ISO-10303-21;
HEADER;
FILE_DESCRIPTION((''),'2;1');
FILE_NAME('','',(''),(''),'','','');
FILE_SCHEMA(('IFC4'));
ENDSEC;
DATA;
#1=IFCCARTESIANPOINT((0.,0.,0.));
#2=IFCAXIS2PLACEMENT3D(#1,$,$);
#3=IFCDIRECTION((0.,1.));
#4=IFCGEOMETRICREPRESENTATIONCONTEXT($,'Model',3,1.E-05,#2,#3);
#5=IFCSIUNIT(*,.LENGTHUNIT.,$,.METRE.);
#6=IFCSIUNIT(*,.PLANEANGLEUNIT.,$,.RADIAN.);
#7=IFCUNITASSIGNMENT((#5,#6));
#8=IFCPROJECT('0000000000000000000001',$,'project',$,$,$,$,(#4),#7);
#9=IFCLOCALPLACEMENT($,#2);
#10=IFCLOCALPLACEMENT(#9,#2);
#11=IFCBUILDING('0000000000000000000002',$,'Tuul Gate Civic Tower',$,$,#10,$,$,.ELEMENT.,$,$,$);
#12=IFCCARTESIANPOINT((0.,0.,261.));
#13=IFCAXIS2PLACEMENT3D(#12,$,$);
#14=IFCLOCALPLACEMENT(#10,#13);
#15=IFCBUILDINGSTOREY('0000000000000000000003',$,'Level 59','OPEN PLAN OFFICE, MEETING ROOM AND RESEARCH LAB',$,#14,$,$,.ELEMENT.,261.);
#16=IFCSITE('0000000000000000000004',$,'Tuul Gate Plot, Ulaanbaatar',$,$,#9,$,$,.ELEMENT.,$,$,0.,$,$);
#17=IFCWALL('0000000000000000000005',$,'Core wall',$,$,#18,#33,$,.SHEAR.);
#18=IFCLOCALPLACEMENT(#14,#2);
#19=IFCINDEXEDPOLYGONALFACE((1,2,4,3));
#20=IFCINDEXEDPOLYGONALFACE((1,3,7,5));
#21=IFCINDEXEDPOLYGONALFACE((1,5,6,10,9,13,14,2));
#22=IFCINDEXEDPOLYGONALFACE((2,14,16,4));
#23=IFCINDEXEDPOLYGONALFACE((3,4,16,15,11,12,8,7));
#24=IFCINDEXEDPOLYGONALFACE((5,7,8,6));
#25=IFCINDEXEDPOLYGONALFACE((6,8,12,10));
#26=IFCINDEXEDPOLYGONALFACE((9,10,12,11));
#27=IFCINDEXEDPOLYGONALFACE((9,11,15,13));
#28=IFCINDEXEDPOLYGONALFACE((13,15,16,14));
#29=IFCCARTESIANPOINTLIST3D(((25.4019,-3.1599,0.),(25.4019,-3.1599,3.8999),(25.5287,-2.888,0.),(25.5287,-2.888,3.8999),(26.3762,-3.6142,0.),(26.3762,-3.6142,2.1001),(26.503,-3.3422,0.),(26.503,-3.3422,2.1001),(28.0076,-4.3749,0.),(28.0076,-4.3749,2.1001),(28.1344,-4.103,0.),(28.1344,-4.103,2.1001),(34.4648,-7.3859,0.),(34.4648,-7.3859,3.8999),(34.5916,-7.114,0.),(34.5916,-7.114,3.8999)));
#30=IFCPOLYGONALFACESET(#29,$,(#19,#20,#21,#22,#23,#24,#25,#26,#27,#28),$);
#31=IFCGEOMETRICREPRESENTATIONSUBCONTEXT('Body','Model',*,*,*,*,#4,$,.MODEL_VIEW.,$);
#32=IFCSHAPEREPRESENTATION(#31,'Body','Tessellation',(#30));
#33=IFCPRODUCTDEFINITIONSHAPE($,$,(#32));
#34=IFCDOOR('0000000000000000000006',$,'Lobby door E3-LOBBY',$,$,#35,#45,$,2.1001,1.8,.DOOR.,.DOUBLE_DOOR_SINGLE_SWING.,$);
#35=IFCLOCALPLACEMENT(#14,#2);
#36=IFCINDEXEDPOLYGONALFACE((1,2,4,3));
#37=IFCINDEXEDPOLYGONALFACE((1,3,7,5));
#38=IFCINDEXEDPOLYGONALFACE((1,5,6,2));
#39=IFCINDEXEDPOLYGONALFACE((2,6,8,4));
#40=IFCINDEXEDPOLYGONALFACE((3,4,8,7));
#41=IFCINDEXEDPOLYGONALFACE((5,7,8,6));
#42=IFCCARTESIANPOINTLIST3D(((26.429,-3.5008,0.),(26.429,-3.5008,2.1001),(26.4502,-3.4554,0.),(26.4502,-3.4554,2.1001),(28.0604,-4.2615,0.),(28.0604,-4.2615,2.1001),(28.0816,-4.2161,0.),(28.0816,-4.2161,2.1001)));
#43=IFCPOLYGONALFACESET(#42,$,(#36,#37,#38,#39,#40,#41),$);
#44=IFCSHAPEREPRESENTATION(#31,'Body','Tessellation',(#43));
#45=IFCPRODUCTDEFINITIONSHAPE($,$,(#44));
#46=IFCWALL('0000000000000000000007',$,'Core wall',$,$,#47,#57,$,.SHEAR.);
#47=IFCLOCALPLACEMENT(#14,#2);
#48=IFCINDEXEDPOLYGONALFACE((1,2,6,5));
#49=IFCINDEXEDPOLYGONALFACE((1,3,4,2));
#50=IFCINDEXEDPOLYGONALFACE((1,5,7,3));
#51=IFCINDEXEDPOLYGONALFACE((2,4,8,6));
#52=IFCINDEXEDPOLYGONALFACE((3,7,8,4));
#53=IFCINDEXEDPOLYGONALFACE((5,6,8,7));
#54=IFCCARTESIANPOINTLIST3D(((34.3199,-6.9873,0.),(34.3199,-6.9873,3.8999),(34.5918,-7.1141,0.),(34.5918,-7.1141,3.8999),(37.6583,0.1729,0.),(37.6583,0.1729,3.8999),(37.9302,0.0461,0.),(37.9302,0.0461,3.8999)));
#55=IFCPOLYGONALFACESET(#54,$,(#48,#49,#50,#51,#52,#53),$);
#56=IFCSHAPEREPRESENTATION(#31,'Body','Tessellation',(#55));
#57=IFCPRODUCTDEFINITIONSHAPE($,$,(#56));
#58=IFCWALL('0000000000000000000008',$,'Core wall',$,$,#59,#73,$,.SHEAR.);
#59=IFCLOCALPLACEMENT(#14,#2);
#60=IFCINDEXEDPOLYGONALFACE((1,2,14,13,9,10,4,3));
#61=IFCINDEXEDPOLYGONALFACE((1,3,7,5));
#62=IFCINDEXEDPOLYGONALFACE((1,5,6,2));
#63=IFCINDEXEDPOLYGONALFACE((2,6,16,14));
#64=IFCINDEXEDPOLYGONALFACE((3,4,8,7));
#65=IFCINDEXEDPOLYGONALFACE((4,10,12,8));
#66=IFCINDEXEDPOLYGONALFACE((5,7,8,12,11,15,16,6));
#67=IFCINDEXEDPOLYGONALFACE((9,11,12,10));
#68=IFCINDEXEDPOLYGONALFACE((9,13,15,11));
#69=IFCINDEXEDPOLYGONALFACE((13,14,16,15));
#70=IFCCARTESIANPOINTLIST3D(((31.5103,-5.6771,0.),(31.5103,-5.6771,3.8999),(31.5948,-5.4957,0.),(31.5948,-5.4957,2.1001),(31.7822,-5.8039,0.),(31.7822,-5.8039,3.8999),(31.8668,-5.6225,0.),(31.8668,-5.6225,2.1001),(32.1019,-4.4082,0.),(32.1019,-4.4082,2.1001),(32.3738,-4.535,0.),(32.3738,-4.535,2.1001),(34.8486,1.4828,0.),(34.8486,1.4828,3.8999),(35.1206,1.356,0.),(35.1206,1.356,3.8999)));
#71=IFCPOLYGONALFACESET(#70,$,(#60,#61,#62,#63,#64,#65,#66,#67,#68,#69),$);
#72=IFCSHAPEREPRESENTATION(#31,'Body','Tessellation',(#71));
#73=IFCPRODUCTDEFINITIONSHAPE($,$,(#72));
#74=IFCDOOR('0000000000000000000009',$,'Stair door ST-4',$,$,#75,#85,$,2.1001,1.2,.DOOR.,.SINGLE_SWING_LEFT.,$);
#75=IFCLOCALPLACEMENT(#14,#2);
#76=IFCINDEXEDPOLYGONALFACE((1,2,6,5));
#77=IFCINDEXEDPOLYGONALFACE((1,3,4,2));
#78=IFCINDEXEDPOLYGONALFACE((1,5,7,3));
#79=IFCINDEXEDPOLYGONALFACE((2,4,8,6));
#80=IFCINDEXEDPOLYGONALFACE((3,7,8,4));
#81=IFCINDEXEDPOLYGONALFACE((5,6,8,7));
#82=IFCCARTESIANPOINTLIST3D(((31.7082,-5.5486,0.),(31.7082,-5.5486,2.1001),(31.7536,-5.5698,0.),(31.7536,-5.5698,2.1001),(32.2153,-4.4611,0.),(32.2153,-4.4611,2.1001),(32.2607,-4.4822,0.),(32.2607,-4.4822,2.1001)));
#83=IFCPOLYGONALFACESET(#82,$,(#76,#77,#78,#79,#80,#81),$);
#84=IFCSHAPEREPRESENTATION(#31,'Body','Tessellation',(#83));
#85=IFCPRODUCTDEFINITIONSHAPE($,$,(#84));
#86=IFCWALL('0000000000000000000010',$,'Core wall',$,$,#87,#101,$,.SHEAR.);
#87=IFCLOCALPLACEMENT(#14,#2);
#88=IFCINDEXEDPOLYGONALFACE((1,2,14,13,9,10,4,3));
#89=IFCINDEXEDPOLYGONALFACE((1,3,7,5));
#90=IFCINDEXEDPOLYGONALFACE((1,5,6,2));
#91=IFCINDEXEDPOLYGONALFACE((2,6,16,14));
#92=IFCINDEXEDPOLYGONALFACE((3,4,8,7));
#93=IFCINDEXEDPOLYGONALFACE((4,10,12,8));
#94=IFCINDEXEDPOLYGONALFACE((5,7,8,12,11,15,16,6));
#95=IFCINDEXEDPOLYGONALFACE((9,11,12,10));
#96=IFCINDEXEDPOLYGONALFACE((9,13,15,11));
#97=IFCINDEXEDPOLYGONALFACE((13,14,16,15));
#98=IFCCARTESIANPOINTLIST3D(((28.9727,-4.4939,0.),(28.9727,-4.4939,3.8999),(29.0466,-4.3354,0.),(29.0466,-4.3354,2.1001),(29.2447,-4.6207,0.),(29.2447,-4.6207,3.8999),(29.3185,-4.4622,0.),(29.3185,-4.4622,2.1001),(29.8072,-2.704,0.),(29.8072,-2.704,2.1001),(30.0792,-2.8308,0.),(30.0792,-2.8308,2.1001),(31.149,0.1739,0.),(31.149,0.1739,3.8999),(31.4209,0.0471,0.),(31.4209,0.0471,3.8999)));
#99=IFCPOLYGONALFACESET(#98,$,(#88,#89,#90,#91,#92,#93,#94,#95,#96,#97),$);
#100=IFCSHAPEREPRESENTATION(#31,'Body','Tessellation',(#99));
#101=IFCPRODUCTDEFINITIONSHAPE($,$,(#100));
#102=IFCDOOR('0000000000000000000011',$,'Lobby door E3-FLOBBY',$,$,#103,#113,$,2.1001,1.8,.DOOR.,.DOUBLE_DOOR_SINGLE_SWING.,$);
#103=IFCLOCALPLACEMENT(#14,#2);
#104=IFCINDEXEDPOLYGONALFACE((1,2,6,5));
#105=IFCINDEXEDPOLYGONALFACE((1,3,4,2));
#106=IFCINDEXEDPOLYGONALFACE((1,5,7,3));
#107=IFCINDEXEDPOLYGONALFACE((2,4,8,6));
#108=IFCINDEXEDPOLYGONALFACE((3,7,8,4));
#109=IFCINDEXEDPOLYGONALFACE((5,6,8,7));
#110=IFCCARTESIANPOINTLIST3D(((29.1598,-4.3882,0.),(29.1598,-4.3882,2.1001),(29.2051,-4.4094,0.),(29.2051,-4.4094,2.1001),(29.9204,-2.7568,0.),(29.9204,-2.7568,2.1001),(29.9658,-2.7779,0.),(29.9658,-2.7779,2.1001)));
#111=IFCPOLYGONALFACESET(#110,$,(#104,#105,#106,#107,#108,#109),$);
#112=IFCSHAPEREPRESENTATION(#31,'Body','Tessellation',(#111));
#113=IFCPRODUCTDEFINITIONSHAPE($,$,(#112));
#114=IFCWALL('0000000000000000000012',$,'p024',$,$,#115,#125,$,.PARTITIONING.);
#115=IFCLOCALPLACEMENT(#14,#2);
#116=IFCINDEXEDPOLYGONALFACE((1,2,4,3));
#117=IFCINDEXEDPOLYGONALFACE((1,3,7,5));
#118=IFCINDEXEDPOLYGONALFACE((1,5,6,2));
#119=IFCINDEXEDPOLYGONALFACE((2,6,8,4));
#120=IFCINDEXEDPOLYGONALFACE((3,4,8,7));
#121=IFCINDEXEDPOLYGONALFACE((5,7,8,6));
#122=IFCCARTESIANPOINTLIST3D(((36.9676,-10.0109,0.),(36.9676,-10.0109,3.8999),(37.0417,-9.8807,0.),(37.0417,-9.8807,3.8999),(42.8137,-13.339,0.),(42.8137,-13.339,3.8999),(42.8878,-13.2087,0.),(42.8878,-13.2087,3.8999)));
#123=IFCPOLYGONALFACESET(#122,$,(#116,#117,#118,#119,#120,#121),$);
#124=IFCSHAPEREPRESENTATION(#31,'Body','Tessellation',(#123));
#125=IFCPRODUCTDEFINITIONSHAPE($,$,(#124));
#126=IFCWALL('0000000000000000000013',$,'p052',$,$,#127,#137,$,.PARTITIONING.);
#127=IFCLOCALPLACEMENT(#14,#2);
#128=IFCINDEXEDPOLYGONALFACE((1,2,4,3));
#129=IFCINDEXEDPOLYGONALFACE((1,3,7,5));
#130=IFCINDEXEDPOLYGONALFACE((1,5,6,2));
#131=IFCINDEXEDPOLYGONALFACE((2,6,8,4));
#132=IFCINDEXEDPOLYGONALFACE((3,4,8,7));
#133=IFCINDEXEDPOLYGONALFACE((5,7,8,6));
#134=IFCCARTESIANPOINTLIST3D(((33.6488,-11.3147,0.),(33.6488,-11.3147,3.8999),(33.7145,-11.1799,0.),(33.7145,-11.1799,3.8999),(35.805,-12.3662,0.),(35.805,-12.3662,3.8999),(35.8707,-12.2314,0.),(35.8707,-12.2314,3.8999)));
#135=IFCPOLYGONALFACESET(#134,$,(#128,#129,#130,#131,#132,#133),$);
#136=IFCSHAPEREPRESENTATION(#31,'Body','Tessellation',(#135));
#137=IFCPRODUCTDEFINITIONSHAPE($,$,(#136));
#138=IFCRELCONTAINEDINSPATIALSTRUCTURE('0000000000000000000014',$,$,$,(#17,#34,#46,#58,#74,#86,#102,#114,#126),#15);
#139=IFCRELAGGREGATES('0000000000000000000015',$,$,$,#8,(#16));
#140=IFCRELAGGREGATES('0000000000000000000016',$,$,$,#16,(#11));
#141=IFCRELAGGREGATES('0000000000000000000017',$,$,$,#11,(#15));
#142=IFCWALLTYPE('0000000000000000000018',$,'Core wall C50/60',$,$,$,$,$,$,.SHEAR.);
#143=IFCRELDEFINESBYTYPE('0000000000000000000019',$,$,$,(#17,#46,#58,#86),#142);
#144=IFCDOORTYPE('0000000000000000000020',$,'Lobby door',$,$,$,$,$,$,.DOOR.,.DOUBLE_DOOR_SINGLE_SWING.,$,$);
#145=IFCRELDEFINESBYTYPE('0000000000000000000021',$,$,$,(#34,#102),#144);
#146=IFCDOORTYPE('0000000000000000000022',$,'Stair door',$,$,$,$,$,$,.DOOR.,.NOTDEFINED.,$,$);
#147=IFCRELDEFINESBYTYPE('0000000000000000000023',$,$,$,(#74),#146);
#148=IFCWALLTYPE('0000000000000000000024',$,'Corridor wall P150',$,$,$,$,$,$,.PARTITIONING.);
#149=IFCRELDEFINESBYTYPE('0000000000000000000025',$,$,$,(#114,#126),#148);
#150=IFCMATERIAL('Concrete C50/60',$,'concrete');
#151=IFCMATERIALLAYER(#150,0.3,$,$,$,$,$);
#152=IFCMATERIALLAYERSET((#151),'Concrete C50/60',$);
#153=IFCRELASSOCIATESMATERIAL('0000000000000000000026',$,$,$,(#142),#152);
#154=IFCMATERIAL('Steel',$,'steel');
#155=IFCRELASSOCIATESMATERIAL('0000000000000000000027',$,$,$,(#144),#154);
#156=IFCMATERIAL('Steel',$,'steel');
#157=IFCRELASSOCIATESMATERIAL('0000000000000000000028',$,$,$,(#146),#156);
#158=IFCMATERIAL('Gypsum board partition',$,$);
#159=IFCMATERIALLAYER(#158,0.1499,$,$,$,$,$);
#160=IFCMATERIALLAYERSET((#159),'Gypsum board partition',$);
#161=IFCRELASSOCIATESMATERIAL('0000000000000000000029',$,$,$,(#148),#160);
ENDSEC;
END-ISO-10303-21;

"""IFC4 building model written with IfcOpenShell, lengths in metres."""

from ifc_helpers import new_model, si_unit, direction, frame, frame_2d, origin, place, context, subcontext, project, spatial, rectangle, extrude, material, layer, layer_set, type_object, element, fill, save


model = new_model("IFC4")

# Units and contexts
model_context = context("Model", 3, precision=1e-05, world=origin(), true_north=direction((0.0, 1.0)))
body_context = subcontext(model_context, "Body", "Model", "MODEL_VIEW")
ifc_project = project(units=[si_unit("LENGTHUNIT", "METRE"), si_unit("PLANEANGLEUNIT", "RADIAN")], contexts=[model_context])

# Site, building, storey
site_placement = place(None, origin())
site = spatial("IfcSite", under=ifc_project, at=site_placement, Name="Tuul Gate Plot, Ulaanbaatar", CompositionType="ELEMENT", RefElevation=0.0)
building_placement = place(site_placement, origin())
building = spatial("IfcBuilding", under=site, at=building_placement, Name="Tuul Gate Civic Tower", CompositionType="ELEMENT")
storey_placement = place(building_placement, frame((0.0, 0.0, 261.0)))
storey = spatial("IfcBuildingStorey", under=building, at=storey_placement, Name="Level 59", Description="OPEN PLAN OFFICE, MEETING ROOM AND RESEARCH LAB", CompositionType="ELEMENT", Elevation=261.0)

# Wall, opening, door
ifc_material_1 = material(Name="Concrete C50/60", Category="concrete")
ifc_layer_1 = layer(ifc_material_1, 0.3)
ifc_layer_set_1 = layer_set([ifc_layer_1], Name="Concrete C50/60")
wall_type_1 = type_object("IfcWallType", Name="Core wall C50/60", PredefinedType="SHEAR", material=ifc_layer_set_1)
wall_1_placement = place(storey_placement, frame((34.5283, -7.25, 0.0), z_axis=(0.0, 0.0, 1.0), x_axis=(-0.90631, 0.422613, 0.0)))
wall_1 = element("IfcWall", 1, at=wall_1_placement, inside=storey, type_object=wall_type_1, Name="Core wall", PredefinedType="SHEAR", context=body_context, shape_type="SweptSolid", body=[
    extrude(rectangle(XDim=9.9998, YDim=0.3, at=frame_2d((5.0, 0.0))), origin(), (0.0, 0.0, 1.0), 3.8999),
])
opening_1_placement = place(wall_1_placement, frame((7.125, 0.0, 0.0)))
opening_1 = element("IfcOpeningElement", 2, at=opening_1_placement, cuts=wall_1, PredefinedType="OPENING", context=body_context, shape_type="SweptSolid", body=[
    extrude(rectangle(XDim=1.8, YDim=2.1001, at=frame_2d((0.8999, 1.05))), frame((0.0, 0.1602, 0.0), z_axis=(0.0, -1.0, 0.0), x_axis=(1.0, 0.0, 0.0)), (0.0, 0.0, 1.0), 0.3201),
])
ifc_material_2 = material(Name="Steel", Category="steel")
door_type_1 = type_object("IfcDoorType", Name="Lobby door", OperationType="DOUBLE_DOOR_SINGLE_SWING", PredefinedType="DOOR", material=ifc_material_2)
door_1_placement = place(opening_1_placement, origin())
door_1 = element("IfcDoor", 3, at=door_1_placement, inside=storey, type_object=door_type_1, Name="Lobby door E3-LOBBY", OperationType="DOUBLE_DOOR_SINGLE_SWING", OverallHeight=2.1001, OverallWidth=1.8, PredefinedType="DOOR", context=body_context, shape_type="SweptSolid", body=[
    extrude(rectangle(XDim=1.8, YDim=2.1001, at=frame_2d((0.8999, 1.05))), frame((0.0, 0.0249, 0.0), z_axis=(0.0, -1.0, 0.0), x_axis=(1.0, 0.0, 0.0)), (0.0, 0.0, 1.0), 0.05),
])
fill(opening_1, door_1)

# Wall
wall_2_placement = place(storey_placement, frame((34.4558, -7.0508, 0.0), z_axis=(0.0, 0.0, 1.0), x_axis=(0.422571, 0.90633, 0.0)))
element("IfcWall", 4, at=wall_2_placement, inside=storey, type_object=wall_type_1, Name="Core wall", PredefinedType="SHEAR", context=body_context, shape_type="SweptSolid", body=[
    extrude(rectangle(XDim=7.9001, YDim=0.3, at=frame_2d((3.9502, 0.0))), origin(), (0.0, 0.0, 1.0), 3.8999),
])

# Walls, openings, doors
wall_3_placement = place(storey_placement, frame((31.6462, -5.7405, 0.0), z_axis=(0.0, 0.0, 1.0), x_axis=(0.422583, 0.906324, 0.0)))
wall_3 = element("IfcWall", 5, at=wall_3_placement, inside=storey, type_object=wall_type_1, Name="Core wall", PredefinedType="SHEAR", context=body_context, shape_type="SweptSolid", body=[
    extrude(rectangle(XDim=7.8999, YDim=0.3, at=frame_2d((3.95, 0.0))), origin(), (0.0, 0.0, 1.0), 3.8999),
])
opening_2_placement = place(wall_3_placement, frame((0.2, 0.0, 0.0)))
opening_2 = element("IfcOpeningElement", 6, at=opening_2_placement, cuts=wall_3, PredefinedType="OPENING", context=body_context, shape_type="SweptSolid", body=[
    extrude(rectangle(XDim=1.2, YDim=2.1001, at=frame_2d((0.6001, 1.05))), frame((0.0, 0.1602, 0.0), z_axis=(0.0, -1.0, 0.0), x_axis=(1.0, 0.0, 0.0)), (0.0, 0.0, 1.0), 0.3201),
])
ifc_material_3 = material(Name="Steel", Category="steel")
door_type_2 = type_object("IfcDoorType", Name="Stair door", OperationType="NOTDEFINED", PredefinedType="DOOR", material=ifc_material_3)
door_2_placement = place(opening_2_placement, origin())
door_2 = element("IfcDoor", 7, at=door_2_placement, inside=storey, type_object=door_type_2, Name="Stair door ST-4", OperationType="SINGLE_SWING_LEFT", OverallHeight=2.1001, OverallWidth=1.2, PredefinedType="DOOR", context=body_context, shape_type="SweptSolid", body=[
    extrude(rectangle(XDim=1.2, YDim=2.1001, at=frame_2d((0.6001, 1.05))), frame((0.0, 0.0249, 0.0), z_axis=(0.0, -1.0, 0.0), x_axis=(1.0, 0.0, 0.0)), (0.0, 0.0, 1.0), 0.05),
])
fill(opening_2, door_2)
wall_4_placement = place(storey_placement, frame((29.1086, -4.5574, 0.0), z_axis=(0.0, 0.0, 1.0), x_axis=(0.422566, 0.906332, 0.0)))
wall_4 = element("IfcWall", 8, at=wall_4_placement, inside=storey, type_object=wall_type_1, Name="Core wall", PredefinedType="SHEAR", context=body_context, shape_type="SweptSolid", body=[
    extrude(rectangle(XDim=5.1501, YDim=0.3, at=frame_2d((2.5752, 0.0))), origin(), (0.0, 0.0, 1.0), 3.8999),
])
opening_3_placement = place(wall_4_placement, frame((0.175, 0.0, 0.0)))
opening_3 = element("IfcOpeningElement", 9, at=opening_3_placement, cuts=wall_4, PredefinedType="OPENING", context=body_context, shape_type="SweptSolid", body=[
    extrude(rectangle(XDim=1.8, YDim=2.1001, at=frame_2d((0.8999, 1.05))), frame((0.0, 0.1602, 0.0), z_axis=(0.0, -1.0, 0.0), x_axis=(1.0, 0.0, 0.0)), (0.0, 0.0, 1.0), 0.3201),
])
door_3_placement = place(opening_3_placement, frame((1.8, 0.0, 0.0), z_axis=(0.0, 0.0, 1.0), x_axis=(-1.0, 0.0, 0.0)))
door_3 = element("IfcDoor", 10, at=door_3_placement, inside=storey, type_object=door_type_1, Name="Lobby door E3-FLOBBY", OperationType="DOUBLE_DOOR_SINGLE_SWING", OverallHeight=2.1001, OverallWidth=1.8, PredefinedType="DOOR", context=body_context, shape_type="SweptSolid", body=[
    extrude(rectangle(XDim=1.8, YDim=2.1001, at=frame_2d((0.9001, 1.05))), frame((0.0, 0.0249, 0.0), z_axis=(0.0, -1.0, 0.0), x_axis=(1.0, 0.0, 0.0)), (0.0, 0.0, 1.0), 0.05),
])
fill(opening_3, door_3)

# Walls
ifc_material_4 = material(Name="Gypsum board partition")
ifc_layer_2 = layer(ifc_material_4, 0.1499)
ifc_layer_set_2 = layer_set([ifc_layer_2], Name="Gypsum board partition")
wall_type_2 = type_object("IfcWallType", Name="Corridor wall P150", PredefinedType="PARTITIONING", material=ifc_layer_set_2)
wall_5_placement = place(storey_placement, frame((37.0046, -9.9458, 0.0), z_axis=(0.0, 0.0, 1.0), x_axis=(0.869046, -0.494731, 0.0)))
element("IfcWall", 11, at=wall_5_placement, inside=storey, type_object=wall_type_2, Name="p024", PredefinedType="PARTITIONING", context=body_context, shape_type="SweptSolid", body=[
    extrude(rectangle(XDim=6.7271, YDim=0.1499, at=frame_2d((3.3635, 0.0))), origin(), (0.0, 0.0, 1.0), 3.8999),
])
wall_6_placement = place(storey_placement, frame((33.6816, -11.2473, 0.0), z_axis=(0.0, 0.0, 1.0), x_axis=(0.89882, -0.438317, 0.0)))
element("IfcWall", 12, at=wall_6_placement, inside=storey, type_object=wall_type_2, Name="p052", PredefinedType="PARTITIONING", context=body_context, shape_type="SweptSolid", body=[
    extrude(rectangle(XDim=2.3989, YDim=0.1499, at=frame_2d((1.1995, 0.0))), origin(), (0.0, 0.0, 1.0), 3.8999),
])

save(model, "model.ifc")
